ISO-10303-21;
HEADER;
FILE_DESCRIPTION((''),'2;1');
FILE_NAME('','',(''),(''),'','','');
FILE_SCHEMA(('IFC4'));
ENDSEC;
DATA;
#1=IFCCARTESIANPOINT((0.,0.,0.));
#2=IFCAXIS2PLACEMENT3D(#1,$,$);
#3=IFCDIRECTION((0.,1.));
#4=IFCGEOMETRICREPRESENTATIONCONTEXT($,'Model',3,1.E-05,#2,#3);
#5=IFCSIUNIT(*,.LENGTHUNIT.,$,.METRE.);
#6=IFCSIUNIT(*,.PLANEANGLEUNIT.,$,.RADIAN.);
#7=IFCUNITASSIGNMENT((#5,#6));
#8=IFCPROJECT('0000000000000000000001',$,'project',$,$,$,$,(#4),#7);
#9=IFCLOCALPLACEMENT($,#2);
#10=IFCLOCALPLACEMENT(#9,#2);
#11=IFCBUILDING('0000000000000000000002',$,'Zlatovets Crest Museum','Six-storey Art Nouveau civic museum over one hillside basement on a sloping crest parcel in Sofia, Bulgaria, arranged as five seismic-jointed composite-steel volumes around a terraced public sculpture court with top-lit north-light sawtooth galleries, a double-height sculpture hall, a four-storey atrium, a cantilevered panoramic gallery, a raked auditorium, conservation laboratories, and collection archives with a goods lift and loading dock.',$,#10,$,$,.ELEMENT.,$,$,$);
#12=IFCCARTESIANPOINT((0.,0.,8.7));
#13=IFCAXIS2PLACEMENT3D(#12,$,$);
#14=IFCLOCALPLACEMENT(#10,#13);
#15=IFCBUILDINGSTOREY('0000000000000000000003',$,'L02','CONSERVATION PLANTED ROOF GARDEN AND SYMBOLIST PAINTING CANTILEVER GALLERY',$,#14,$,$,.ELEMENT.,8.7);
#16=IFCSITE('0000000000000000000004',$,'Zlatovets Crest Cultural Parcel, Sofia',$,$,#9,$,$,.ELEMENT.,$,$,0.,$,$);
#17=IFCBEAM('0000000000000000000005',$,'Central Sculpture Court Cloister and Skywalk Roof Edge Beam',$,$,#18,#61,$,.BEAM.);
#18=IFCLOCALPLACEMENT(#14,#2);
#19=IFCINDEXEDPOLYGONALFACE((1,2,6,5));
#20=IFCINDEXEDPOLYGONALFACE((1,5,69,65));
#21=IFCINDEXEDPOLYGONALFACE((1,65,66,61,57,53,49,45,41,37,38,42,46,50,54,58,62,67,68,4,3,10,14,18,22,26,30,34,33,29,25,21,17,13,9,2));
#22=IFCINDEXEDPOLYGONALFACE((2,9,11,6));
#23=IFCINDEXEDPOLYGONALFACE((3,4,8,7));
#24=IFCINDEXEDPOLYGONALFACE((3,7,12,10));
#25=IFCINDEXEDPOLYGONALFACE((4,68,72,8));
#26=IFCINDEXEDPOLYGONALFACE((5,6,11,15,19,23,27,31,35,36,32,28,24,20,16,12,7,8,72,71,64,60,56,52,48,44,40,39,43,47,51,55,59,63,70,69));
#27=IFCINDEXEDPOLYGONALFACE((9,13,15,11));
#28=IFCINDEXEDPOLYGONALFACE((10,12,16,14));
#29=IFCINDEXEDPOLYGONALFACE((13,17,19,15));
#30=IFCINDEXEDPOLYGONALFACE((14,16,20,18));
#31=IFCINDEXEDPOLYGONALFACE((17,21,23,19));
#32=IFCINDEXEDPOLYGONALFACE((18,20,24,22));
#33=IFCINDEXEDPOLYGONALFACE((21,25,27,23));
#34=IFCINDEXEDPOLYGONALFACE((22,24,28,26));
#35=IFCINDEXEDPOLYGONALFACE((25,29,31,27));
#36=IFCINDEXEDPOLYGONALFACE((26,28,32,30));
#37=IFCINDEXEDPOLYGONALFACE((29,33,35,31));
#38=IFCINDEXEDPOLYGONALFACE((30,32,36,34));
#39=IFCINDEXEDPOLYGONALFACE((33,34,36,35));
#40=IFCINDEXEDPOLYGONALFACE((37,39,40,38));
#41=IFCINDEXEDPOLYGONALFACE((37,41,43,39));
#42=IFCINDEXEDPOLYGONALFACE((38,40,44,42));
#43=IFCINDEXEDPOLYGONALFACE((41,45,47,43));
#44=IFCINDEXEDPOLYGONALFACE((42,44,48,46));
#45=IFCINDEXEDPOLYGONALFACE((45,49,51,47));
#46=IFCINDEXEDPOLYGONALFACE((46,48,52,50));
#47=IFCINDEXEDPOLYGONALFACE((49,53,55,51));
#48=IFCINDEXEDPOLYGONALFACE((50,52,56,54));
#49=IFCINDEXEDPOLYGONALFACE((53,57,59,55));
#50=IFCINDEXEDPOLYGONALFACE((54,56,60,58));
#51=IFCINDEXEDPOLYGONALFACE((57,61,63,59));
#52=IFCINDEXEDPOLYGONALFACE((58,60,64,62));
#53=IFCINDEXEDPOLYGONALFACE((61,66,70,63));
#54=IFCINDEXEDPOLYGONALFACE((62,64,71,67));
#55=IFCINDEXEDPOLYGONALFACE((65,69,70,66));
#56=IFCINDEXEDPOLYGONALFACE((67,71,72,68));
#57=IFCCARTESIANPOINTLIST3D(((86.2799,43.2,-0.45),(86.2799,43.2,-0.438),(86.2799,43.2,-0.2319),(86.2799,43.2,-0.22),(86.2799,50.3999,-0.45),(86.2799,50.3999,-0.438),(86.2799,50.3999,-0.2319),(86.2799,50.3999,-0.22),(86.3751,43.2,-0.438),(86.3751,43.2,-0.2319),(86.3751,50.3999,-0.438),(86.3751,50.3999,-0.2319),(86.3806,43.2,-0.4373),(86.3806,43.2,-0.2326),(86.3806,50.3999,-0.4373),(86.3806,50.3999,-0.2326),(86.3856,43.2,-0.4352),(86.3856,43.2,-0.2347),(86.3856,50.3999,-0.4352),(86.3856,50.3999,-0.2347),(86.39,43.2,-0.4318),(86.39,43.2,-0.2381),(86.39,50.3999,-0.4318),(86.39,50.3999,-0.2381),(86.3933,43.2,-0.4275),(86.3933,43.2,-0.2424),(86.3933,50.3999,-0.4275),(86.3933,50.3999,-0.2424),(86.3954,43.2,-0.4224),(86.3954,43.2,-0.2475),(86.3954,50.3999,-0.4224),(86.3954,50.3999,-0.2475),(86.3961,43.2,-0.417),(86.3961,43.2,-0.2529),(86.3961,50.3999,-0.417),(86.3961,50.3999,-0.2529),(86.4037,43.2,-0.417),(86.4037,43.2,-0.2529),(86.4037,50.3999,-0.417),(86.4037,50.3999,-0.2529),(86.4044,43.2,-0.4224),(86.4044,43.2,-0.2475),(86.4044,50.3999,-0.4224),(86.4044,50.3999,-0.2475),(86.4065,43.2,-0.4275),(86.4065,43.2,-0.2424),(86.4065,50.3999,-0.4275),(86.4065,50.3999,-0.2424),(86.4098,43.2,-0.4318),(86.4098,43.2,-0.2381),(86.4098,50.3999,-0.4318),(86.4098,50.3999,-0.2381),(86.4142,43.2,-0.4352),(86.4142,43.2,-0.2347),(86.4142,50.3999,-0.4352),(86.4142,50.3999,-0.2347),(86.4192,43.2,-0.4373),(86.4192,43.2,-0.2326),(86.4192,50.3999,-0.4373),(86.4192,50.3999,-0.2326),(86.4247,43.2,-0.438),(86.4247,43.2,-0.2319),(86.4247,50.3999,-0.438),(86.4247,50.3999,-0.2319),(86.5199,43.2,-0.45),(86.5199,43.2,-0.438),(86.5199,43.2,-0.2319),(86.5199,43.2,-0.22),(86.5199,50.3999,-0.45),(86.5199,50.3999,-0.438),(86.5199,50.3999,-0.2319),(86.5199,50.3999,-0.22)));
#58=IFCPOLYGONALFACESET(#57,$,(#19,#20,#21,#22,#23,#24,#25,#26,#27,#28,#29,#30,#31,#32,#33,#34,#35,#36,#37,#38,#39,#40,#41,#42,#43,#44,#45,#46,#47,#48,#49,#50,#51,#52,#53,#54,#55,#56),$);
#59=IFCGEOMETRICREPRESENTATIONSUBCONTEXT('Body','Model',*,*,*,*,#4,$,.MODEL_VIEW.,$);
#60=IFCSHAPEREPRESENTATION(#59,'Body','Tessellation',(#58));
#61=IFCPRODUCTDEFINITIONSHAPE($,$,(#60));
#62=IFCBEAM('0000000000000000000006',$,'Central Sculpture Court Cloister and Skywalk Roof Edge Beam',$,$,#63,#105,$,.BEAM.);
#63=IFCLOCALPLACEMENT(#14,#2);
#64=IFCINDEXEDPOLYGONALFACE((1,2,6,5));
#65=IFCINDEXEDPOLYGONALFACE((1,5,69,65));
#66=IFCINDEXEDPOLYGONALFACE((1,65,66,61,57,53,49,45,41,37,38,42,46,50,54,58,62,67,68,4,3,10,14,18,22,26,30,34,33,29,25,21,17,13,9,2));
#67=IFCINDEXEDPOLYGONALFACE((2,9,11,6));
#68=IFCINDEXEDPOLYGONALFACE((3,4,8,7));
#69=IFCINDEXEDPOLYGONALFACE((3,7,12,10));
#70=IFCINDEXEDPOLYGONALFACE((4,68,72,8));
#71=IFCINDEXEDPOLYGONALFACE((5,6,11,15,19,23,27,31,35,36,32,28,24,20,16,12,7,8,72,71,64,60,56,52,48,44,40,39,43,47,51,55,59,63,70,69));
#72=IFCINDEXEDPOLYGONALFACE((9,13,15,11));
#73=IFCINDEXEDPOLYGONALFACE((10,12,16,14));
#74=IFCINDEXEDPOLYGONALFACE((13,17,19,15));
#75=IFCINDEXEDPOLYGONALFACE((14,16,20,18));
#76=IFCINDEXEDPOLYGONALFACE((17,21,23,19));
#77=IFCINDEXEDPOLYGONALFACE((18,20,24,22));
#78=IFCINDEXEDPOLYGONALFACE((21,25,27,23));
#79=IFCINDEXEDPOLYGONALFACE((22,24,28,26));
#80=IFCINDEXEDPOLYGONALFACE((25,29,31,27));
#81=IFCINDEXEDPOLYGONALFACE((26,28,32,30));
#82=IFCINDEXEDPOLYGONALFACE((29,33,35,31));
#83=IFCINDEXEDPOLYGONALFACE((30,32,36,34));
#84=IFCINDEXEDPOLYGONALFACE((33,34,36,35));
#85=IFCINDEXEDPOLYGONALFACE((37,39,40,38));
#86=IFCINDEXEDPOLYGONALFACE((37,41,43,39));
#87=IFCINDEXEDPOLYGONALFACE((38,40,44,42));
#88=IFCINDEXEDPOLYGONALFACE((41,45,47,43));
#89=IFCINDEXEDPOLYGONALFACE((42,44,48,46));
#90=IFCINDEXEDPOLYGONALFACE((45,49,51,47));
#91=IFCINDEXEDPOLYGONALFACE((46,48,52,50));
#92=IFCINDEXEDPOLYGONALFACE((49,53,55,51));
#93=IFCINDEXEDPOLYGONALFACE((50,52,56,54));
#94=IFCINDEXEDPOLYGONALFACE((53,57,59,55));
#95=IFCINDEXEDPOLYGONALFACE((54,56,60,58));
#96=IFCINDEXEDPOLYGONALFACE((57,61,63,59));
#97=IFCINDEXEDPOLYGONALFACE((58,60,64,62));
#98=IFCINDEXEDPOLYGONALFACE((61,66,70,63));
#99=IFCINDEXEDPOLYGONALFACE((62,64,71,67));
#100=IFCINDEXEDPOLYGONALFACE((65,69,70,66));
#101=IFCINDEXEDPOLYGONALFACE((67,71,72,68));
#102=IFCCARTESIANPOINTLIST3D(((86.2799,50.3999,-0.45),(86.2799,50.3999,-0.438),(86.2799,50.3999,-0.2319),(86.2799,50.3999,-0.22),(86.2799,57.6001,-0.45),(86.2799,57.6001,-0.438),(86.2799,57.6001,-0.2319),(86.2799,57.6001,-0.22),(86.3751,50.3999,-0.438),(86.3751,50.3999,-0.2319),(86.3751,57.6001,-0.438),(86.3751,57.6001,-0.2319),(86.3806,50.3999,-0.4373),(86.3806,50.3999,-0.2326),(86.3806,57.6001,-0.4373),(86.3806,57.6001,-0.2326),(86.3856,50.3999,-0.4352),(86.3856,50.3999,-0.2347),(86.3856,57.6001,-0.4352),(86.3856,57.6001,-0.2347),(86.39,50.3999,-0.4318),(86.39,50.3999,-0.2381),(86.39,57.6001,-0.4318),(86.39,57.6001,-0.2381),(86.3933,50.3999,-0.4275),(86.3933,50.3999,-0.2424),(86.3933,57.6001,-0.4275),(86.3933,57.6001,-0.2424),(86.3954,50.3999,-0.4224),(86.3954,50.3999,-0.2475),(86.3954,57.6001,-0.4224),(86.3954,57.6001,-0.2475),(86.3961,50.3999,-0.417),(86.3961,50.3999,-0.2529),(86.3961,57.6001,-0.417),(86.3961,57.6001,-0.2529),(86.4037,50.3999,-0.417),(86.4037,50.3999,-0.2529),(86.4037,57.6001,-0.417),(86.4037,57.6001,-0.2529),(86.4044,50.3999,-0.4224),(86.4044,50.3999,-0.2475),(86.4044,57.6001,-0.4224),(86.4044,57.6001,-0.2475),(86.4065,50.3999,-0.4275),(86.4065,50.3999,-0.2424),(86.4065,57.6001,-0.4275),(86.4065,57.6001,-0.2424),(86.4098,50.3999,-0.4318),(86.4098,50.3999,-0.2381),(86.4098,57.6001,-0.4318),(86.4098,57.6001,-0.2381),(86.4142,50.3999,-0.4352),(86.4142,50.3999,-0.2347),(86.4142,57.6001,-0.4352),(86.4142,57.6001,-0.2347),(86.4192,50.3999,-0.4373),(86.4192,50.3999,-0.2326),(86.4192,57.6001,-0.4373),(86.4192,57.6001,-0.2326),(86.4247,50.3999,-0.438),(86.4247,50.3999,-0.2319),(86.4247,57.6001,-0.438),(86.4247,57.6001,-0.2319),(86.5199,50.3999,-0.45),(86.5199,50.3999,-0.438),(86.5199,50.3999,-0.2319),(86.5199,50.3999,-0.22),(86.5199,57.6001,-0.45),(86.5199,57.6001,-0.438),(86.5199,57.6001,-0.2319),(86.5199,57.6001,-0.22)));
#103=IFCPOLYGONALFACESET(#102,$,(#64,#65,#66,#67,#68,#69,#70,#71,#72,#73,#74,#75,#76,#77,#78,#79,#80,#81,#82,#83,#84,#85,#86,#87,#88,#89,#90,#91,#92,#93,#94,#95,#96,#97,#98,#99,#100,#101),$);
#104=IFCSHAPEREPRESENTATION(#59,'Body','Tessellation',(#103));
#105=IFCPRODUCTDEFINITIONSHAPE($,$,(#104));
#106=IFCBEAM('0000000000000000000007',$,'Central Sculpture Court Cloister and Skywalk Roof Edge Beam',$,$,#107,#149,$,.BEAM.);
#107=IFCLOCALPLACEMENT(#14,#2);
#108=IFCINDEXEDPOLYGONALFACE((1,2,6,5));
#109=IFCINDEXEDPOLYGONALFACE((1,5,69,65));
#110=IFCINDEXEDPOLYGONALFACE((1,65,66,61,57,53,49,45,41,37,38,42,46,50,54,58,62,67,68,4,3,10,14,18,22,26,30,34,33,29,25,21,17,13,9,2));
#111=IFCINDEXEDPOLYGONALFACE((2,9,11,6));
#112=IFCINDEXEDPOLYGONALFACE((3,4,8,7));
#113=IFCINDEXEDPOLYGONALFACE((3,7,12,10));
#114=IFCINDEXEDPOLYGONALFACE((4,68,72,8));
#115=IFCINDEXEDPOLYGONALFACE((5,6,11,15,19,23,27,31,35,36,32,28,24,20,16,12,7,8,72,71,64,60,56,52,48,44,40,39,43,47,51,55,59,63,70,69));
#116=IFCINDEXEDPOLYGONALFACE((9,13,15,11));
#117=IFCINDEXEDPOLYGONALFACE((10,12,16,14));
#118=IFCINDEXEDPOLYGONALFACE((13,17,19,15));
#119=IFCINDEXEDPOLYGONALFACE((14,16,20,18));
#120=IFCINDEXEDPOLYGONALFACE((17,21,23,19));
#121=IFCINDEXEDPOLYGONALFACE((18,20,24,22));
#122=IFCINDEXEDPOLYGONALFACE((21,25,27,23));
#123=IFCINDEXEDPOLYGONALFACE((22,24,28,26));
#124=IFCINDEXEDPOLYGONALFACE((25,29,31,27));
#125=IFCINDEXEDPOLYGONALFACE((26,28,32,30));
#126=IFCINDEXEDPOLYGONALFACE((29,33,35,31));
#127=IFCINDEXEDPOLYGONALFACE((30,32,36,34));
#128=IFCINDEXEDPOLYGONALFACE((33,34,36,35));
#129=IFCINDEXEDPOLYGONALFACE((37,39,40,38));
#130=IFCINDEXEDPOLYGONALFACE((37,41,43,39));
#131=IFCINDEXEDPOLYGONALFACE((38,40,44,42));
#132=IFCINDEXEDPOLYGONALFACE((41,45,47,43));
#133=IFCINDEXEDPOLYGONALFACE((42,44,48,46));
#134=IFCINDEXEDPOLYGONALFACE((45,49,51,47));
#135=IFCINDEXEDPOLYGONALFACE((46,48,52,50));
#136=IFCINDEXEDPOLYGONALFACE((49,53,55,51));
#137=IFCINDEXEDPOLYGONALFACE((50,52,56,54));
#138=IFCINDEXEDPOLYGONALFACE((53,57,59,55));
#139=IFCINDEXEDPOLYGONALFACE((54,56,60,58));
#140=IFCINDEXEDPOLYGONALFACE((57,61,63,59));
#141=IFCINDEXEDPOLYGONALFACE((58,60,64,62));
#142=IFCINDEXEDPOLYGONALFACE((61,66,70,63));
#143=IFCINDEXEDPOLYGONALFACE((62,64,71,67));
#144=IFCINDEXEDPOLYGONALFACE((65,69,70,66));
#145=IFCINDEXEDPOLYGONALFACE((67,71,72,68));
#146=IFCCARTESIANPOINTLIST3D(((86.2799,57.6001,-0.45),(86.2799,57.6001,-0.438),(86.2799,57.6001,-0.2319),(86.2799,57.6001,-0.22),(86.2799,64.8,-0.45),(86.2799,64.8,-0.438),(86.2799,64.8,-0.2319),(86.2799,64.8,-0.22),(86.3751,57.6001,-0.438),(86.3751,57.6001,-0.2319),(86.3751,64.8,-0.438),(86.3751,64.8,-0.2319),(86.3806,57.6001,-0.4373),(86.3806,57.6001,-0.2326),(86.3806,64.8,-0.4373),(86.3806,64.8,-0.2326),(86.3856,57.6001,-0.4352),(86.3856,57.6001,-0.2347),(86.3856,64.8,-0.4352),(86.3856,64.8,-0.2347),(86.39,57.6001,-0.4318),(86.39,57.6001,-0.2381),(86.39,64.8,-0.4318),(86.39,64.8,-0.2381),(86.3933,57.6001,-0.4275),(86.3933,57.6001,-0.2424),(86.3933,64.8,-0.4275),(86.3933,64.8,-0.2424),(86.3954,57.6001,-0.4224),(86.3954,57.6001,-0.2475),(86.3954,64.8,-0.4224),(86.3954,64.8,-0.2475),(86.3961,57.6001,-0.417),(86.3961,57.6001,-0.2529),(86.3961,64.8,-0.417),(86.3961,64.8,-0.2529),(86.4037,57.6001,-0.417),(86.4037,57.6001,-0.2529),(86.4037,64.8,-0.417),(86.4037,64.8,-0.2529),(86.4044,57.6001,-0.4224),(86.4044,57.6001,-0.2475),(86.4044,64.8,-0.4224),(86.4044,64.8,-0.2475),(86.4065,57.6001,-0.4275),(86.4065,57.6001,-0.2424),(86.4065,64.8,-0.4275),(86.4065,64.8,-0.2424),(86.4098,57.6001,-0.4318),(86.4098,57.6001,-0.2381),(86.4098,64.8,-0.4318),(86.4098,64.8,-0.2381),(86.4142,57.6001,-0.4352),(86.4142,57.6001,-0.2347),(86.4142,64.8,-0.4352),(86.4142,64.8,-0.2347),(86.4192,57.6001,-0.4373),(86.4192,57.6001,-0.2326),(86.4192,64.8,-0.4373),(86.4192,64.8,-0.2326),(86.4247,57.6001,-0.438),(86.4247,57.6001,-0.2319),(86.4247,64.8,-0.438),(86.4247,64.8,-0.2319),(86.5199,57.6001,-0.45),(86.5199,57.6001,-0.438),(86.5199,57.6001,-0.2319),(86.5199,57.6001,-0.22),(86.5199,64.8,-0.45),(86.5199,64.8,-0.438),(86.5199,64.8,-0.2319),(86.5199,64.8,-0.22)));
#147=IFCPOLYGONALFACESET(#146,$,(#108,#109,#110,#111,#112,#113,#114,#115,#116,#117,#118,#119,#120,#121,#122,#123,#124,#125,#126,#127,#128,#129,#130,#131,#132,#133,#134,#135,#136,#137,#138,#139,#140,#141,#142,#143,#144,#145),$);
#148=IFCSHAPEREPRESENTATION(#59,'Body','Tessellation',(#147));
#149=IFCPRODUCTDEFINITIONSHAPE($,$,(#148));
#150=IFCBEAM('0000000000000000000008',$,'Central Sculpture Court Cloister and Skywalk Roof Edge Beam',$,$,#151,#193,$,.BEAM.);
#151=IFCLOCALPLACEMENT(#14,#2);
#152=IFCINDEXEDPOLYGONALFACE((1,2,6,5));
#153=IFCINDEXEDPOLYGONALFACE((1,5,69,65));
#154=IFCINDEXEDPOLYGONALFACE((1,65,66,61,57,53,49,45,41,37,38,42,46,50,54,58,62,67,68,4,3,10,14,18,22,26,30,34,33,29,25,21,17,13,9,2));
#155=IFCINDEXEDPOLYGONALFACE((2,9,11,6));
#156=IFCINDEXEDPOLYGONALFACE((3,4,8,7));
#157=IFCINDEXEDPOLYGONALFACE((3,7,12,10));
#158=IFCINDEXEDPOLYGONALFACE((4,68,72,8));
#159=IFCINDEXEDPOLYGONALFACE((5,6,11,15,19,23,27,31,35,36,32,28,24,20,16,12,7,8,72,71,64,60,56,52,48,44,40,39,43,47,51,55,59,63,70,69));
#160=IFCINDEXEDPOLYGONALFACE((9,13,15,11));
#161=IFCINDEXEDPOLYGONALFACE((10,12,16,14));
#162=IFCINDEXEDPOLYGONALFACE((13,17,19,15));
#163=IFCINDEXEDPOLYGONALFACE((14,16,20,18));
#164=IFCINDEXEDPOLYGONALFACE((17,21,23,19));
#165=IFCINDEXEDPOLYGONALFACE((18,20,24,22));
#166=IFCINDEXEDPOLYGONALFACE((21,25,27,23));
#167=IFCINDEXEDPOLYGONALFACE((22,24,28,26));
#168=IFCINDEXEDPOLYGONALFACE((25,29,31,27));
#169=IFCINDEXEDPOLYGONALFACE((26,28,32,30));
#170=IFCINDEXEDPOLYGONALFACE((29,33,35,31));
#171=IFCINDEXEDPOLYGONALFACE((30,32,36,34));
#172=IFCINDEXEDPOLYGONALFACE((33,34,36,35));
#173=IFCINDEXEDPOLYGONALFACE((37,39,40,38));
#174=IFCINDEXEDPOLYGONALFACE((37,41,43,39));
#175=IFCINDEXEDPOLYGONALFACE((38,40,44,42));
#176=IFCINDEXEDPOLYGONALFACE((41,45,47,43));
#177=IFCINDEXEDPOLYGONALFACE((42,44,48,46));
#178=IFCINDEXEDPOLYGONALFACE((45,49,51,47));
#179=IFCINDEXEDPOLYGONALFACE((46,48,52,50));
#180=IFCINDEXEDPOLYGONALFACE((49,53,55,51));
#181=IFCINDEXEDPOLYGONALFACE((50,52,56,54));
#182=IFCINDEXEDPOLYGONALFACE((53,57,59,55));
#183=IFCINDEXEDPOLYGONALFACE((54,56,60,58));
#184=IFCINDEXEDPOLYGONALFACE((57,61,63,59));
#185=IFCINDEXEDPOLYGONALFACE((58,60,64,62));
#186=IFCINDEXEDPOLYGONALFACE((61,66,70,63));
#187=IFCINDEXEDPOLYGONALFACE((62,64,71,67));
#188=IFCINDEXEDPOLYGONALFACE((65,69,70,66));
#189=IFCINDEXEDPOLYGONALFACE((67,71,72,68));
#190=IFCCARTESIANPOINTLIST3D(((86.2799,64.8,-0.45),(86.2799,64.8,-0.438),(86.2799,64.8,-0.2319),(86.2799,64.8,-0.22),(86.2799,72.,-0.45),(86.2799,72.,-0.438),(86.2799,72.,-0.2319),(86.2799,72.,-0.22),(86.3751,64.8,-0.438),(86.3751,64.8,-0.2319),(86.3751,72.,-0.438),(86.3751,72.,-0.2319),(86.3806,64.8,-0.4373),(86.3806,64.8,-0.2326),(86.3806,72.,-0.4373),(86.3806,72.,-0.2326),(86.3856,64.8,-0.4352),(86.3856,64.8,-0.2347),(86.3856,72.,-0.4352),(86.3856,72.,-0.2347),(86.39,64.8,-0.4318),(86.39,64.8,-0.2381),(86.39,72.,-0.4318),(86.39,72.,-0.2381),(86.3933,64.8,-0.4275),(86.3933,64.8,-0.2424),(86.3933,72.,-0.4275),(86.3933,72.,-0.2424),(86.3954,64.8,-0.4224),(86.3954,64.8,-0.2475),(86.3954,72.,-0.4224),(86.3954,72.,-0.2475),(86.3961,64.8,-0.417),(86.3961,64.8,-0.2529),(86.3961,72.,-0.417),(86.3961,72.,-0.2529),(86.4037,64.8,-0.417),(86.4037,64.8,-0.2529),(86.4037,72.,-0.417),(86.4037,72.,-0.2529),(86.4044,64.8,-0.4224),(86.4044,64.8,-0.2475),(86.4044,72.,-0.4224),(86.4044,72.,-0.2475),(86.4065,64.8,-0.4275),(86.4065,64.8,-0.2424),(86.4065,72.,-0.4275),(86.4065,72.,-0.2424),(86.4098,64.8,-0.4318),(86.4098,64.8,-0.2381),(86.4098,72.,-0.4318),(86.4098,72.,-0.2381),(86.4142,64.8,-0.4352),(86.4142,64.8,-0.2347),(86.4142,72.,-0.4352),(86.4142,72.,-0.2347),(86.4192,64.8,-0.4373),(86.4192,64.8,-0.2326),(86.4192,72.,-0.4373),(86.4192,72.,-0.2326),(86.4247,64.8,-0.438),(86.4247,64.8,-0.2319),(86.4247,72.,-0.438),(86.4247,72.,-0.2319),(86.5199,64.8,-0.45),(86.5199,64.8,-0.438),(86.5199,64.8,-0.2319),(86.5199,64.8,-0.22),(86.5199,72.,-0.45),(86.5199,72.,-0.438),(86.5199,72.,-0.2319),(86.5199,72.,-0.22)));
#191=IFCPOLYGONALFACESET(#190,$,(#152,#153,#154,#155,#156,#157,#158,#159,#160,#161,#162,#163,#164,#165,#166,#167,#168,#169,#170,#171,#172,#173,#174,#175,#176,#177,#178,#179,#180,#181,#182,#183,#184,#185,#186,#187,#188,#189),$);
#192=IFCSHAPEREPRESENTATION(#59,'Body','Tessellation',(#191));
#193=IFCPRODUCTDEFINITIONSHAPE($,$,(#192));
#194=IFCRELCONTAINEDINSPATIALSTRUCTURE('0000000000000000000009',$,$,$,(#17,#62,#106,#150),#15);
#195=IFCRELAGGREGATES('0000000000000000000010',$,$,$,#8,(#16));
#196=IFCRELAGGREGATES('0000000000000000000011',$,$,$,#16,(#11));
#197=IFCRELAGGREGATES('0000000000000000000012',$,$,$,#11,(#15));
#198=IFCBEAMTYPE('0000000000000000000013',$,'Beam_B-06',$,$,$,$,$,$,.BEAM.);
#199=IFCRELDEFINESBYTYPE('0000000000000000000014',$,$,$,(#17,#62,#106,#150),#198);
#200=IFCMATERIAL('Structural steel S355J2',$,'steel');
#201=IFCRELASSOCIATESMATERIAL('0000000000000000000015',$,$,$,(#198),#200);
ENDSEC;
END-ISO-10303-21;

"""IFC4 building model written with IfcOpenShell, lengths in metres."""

from ifc_helpers import new_model, si_unit, direction, frame, origin, origin_2d, place, context, subcontext, project, spatial, i_section, extrude, material, material_profile, profile_set, type_object, element, save


model = new_model("IFC4")

# Units and contexts
model_context = context("Model", 3, precision=1e-05, world=origin(), true_north=direction((0.0, 1.0)))
body_context = subcontext(model_context, "Body", "Model", "MODEL_VIEW")
ifc_project = project(units=[si_unit("LENGTHUNIT", "METRE"), si_unit("PLANEANGLEUNIT", "RADIAN")], contexts=[model_context])

# Site, building, storey
site_placement = place(None, origin())
site = spatial("IfcSite", under=ifc_project, at=site_placement, Name="Zlatovets Crest Cultural Parcel, Sofia", CompositionType="ELEMENT", RefElevation=0.0)
building_placement = place(site_placement, origin())
building = spatial("IfcBuilding", under=site, at=building_placement, Name="Zlatovets Crest Museum", Description="Six-storey Art Nouveau civic museum over one hillside basement on a sloping crest parcel in Sofia, Bulgaria, arranged as five seismic-jointed composite-steel volumes around a terraced public sculpture court with top-lit north-light sawtooth galleries, a double-height sculpture hall, a four-storey atrium, a cantilevered panoramic gallery, a raked auditorium, conservation laboratories, and collection archives with a goods lift and loading dock.", CompositionType="ELEMENT")
storey_placement = place(building_placement, frame((0.0, 0.0, 8.7)))
storey = spatial("IfcBuildingStorey", under=building, at=storey_placement, Name="L02", Description="CONSERVATION PLANTED ROOF GARDEN AND SYMBOLIST PAINTING CANTILEVER GALLERY", CompositionType="ELEMENT", Elevation=8.7)

# Beams
ifc_material_1 = material(Name="Structural steel S355J2", Category="steel")
ifc_material_profile_1 = material_profile(ifc_material_1, i_section(OverallWidth=0.24, OverallDepth=0.23, WebThickness=0.0076, FlangeThickness=0.012, FilletRadius=0.021, at=origin_2d()), Name="HEA 240")
ifc_profile_set_1 = profile_set([ifc_material_profile_1], Name="Structural steel S355J2")
beam_type = type_object("IfcBeamType", Name="Beam_B-06", PredefinedType="BEAM", material=ifc_profile_set_1)
beam_1_placement = place(storey_placement, frame((86.3999, 43.2, -0.335), z_axis=(0.0, 1.0, 0.0), x_axis=(-1.0, 0.0, 0.0)))
element("IfcBeam", 1, at=beam_1_placement, inside=storey, type_object=beam_type, Name="Central Sculpture Court Cloister and Skywalk Roof Edge Beam", PredefinedType="BEAM", context=body_context, shape_type="SweptSolid", body=[
    extrude(i_section(OverallWidth=0.24, OverallDepth=0.23, WebThickness=0.0076, FlangeThickness=0.012, FilletRadius=0.021, at=origin_2d()), origin(), (0.0, 0.0, 1.0), 7.2),
])
beam_2_placement = place(storey_placement, frame((86.3999, 50.3999, -0.335), z_axis=(0.0, 1.0, 0.0), x_axis=(-1.0, 0.0, 0.0)))
element("IfcBeam", 2, at=beam_2_placement, inside=storey, type_object=beam_type, Name="Central Sculpture Court Cloister and Skywalk Roof Edge Beam", PredefinedType="BEAM", context=body_context, shape_type="SweptSolid", body=[
    extrude(i_section(OverallWidth=0.24, OverallDepth=0.23, WebThickness=0.0076, FlangeThickness=0.012, FilletRadius=0.021, at=origin_2d()), origin(), (0.0, 0.0, 1.0), 7.2002),
])
for number, where, z_axis, x_axis, name in (
    (3, (86.3999, 57.6001, -0.335), (0.0, 1.0, 0.0), (-1.0, 0.0, 0.0), "Central Sculpture Court Cloister and Skywalk Roof Edge Beam"),
    (4, (86.3999, 64.8, -0.335), (0.0, 1.0, 0.0), (-1.0, 0.0, 0.0), "Central Sculpture Court Cloister and Skywalk Roof Edge Beam"),
):
    element("IfcBeam", number, at=place(storey_placement, frame(where, z_axis=z_axis, x_axis=x_axis)), inside=storey, type_object=beam_type, Name=name, PredefinedType="BEAM", context=body_context, shape_type="SweptSolid", body=[
        extrude(i_section(OverallWidth=0.24, OverallDepth=0.23, WebThickness=0.0076, FlangeThickness=0.012, FilletRadius=0.021, at=origin_2d()), origin(), (0.0, 0.0, 1.0), 7.2),
    ])

save(model, "model.ifc")
